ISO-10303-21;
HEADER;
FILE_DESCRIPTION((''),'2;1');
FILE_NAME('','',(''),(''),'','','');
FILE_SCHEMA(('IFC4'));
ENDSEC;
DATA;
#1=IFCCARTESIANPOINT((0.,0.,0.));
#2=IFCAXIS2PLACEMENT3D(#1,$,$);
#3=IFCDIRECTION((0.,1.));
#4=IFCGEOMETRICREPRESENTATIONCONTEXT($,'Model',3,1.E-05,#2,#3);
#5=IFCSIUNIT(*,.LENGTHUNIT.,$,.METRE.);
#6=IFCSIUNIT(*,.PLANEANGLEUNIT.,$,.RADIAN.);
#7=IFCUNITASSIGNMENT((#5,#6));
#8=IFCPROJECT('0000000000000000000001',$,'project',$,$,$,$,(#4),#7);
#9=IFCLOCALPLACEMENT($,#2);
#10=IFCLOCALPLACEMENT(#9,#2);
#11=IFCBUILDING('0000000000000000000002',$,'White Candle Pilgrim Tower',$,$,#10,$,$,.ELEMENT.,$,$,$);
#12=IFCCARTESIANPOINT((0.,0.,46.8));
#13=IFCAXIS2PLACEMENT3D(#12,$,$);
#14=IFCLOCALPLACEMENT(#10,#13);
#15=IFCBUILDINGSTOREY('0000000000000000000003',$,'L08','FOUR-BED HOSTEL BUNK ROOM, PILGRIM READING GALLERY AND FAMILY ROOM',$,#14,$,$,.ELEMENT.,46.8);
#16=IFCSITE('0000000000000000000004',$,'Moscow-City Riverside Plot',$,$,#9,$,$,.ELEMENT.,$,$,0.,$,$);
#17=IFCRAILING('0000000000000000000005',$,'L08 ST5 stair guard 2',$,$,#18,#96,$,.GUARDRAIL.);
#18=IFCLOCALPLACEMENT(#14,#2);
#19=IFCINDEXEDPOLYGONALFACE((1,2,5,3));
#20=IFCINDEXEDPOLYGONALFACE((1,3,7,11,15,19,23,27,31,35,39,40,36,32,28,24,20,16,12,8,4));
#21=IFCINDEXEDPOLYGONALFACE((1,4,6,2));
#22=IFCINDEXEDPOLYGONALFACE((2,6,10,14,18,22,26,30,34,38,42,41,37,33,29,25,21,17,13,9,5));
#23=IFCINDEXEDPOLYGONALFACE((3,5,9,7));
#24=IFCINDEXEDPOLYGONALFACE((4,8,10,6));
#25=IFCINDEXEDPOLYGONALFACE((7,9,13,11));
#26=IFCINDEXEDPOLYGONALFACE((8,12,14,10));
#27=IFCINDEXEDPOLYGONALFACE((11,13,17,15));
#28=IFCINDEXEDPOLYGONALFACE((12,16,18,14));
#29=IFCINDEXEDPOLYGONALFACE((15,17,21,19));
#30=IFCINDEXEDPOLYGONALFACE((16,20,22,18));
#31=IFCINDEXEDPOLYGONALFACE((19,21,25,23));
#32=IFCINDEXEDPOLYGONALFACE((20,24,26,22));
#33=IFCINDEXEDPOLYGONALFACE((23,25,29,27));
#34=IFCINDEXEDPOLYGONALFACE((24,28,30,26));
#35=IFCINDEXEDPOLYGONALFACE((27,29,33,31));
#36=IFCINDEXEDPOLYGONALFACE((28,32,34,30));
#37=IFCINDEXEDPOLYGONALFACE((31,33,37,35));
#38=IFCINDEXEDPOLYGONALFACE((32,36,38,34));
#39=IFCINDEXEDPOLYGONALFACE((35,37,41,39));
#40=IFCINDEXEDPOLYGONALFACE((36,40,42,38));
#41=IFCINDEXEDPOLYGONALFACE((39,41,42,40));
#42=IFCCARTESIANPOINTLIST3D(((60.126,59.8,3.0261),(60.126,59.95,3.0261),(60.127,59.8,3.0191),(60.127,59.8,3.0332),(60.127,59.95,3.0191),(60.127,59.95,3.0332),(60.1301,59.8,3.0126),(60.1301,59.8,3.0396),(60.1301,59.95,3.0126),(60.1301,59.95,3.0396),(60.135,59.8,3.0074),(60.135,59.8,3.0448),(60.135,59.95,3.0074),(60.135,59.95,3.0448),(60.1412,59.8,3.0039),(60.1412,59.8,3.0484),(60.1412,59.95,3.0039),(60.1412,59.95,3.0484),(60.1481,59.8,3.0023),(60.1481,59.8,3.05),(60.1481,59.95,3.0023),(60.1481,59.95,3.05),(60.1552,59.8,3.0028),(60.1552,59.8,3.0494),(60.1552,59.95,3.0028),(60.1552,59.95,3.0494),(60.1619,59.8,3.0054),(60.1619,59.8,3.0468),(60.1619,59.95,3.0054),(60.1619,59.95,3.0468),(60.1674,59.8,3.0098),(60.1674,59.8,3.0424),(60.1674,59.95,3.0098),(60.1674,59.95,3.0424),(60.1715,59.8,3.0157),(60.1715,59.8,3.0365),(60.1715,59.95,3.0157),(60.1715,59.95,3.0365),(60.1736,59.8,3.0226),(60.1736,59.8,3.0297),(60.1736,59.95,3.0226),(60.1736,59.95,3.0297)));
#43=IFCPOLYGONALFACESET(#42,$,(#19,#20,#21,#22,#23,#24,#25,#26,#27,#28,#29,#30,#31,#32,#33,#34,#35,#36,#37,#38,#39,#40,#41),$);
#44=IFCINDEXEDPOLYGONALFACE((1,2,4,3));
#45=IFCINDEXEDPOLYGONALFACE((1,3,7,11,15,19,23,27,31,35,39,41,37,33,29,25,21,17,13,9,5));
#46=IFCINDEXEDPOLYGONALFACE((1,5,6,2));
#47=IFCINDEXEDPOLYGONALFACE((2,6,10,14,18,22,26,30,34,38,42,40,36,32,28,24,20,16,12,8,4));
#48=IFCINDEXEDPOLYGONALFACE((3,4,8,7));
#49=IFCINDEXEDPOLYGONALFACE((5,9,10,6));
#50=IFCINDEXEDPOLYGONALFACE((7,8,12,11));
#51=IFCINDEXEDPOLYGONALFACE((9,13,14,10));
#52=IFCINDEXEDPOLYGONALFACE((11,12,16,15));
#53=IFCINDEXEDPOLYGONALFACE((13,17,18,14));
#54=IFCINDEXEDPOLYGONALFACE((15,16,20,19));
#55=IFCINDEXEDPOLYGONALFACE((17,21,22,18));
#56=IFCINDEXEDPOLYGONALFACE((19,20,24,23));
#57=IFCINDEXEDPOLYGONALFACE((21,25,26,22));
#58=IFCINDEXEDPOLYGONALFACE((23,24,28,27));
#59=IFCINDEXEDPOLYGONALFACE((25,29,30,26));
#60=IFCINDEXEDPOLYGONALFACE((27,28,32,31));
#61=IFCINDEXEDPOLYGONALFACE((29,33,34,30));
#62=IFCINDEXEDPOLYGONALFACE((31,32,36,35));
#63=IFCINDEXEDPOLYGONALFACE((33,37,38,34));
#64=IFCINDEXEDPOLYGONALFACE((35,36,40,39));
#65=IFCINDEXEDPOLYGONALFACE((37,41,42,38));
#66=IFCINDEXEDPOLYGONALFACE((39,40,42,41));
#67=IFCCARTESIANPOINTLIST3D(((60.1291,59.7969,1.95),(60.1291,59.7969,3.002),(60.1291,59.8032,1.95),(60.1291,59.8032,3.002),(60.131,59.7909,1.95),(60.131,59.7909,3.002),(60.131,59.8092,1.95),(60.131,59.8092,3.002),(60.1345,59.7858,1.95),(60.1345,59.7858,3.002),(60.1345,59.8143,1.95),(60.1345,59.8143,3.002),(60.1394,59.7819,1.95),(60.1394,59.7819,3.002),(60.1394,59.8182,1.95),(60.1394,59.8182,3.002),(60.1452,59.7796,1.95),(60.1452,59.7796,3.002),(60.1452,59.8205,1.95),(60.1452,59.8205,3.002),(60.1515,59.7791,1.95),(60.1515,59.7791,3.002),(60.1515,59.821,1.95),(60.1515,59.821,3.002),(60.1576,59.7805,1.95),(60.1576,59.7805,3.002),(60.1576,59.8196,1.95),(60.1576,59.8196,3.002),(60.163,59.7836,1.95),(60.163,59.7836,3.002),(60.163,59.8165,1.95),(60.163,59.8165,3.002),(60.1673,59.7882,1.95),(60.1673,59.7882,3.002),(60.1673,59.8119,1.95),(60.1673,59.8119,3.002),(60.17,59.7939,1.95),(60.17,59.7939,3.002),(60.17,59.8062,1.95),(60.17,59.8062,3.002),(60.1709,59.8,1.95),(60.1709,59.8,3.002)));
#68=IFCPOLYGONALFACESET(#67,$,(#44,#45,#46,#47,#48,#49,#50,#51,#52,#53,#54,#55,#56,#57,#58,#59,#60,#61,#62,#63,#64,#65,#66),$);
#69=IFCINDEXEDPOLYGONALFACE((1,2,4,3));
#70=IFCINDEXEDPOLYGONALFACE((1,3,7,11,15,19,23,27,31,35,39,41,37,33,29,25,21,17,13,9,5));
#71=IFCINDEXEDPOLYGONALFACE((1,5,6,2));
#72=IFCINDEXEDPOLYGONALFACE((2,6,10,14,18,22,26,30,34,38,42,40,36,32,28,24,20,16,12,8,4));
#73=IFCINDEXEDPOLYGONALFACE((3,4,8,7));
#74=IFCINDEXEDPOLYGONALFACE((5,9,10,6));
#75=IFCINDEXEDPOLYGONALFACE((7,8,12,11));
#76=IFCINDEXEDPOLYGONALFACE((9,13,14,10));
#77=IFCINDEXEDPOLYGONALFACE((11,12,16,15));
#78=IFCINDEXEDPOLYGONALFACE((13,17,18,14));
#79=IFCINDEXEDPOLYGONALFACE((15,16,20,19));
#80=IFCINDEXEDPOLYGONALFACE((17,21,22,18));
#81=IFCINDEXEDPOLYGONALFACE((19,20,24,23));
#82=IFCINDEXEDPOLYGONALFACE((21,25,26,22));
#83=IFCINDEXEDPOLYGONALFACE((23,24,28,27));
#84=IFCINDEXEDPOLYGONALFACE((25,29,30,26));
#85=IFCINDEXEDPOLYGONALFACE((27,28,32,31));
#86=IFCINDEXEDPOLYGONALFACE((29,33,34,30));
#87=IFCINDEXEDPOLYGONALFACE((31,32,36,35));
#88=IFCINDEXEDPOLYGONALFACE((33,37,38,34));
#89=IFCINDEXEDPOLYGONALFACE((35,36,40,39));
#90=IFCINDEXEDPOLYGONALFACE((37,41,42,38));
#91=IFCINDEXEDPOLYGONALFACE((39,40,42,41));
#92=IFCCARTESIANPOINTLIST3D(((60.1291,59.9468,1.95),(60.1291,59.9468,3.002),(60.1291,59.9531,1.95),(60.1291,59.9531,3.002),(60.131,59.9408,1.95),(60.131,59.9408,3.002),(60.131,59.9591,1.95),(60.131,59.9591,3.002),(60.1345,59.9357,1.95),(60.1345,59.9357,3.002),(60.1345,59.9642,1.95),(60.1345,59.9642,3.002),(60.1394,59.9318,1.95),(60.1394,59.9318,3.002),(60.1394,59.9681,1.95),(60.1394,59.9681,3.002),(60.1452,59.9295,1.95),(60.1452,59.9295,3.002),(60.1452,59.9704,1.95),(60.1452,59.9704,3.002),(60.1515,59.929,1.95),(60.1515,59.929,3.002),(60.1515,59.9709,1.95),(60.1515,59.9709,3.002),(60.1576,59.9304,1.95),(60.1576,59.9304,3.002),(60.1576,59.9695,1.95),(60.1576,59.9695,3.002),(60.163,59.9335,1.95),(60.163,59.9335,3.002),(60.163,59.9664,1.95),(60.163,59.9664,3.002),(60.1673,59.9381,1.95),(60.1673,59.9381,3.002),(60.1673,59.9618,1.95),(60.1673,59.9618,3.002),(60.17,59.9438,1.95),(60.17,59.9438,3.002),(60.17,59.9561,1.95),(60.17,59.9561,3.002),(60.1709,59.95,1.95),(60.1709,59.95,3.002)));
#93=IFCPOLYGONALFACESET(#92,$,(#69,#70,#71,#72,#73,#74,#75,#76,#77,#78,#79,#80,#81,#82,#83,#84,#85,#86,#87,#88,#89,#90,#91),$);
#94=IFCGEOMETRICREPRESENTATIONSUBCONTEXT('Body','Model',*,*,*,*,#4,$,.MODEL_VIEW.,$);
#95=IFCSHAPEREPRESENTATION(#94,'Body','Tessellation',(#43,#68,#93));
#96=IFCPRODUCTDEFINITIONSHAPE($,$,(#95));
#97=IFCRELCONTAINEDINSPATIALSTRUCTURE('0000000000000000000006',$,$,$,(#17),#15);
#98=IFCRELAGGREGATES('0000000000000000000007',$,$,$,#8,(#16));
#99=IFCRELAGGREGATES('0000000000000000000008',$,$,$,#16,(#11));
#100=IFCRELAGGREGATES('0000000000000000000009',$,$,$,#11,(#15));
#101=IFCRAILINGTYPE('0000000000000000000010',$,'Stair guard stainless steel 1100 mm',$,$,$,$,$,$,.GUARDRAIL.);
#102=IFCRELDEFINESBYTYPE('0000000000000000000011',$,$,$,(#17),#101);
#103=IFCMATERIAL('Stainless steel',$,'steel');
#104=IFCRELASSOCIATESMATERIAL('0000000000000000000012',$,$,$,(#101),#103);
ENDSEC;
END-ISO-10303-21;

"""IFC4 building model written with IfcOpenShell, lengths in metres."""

from ifc_helpers import new_model, si_unit, direction, frame, origin, origin_2d, place, context, subcontext, project, spatial, circle, extrude, material, type_object, element, save


model = new_model("IFC4")

# Units and contexts
model_context = context("Model", 3, precision=1e-05, world=origin(), true_north=direction((0.0, 1.0)))
body_context = subcontext(model_context, "Body", "Model", "MODEL_VIEW")
ifc_project = project(units=[si_unit("LENGTHUNIT", "METRE"), si_unit("PLANEANGLEUNIT", "RADIAN")], contexts=[model_context])

# Site, building, storey
site_placement = place(None, origin())
site = spatial("IfcSite", under=ifc_project, at=site_placement, Name="Moscow-City Riverside Plot", CompositionType="ELEMENT", RefElevation=0.0)
building_placement = place(site_placement, origin())
building = spatial("IfcBuilding", under=site, at=building_placement, Name="White Candle Pilgrim Tower", CompositionType="ELEMENT")
storey_placement = place(building_placement, frame((0.0, 0.0, 46.8)))
storey = spatial("IfcBuildingStorey", under=building, at=storey_placement, Name="L08", Description="FOUR-BED HOSTEL BUNK ROOM, PILGRIM READING GALLERY AND FAMILY ROOM", CompositionType="ELEMENT", Elevation=46.8)

# Railing
ifc_material_1 = material(Name="Stainless steel", Category="steel")
railing_type_1 = type_object("IfcRailingType", Name="Stair guard stainless steel 1100 mm", PredefinedType="GUARDRAIL", material=ifc_material_1)
railing_1_placement = place(storey_placement, frame((60.1499, 59.8, 1.95)))
element("IfcRailing", 1, at=railing_1_placement, inside=storey, type_object=railing_type_1, Name="L08 ST5 stair guard 2", PredefinedType="GUARDRAIL", context=body_context, shape_type="SweptSolid", body=[
    extrude(circle(Radius=0.0239, at=origin_2d()), frame((0.0, 0.0, 1.0762), z_axis=(0.0, 1.0, 0.0), x_axis=(-1.0, 0.0, 0.0)), (0.0, 0.0, 1.0), 0.1499),
    extrude(circle(Radius=0.021, at=origin_2d()), origin(), (0.0, 0.0, 1.0), 1.052),
    extrude(circle(Radius=0.021, at=origin_2d()), frame((0.0, 0.1499, 0.0)), (0.0, 0.0, 1.0), 1.052),
])

save(model, "model.ifc")
